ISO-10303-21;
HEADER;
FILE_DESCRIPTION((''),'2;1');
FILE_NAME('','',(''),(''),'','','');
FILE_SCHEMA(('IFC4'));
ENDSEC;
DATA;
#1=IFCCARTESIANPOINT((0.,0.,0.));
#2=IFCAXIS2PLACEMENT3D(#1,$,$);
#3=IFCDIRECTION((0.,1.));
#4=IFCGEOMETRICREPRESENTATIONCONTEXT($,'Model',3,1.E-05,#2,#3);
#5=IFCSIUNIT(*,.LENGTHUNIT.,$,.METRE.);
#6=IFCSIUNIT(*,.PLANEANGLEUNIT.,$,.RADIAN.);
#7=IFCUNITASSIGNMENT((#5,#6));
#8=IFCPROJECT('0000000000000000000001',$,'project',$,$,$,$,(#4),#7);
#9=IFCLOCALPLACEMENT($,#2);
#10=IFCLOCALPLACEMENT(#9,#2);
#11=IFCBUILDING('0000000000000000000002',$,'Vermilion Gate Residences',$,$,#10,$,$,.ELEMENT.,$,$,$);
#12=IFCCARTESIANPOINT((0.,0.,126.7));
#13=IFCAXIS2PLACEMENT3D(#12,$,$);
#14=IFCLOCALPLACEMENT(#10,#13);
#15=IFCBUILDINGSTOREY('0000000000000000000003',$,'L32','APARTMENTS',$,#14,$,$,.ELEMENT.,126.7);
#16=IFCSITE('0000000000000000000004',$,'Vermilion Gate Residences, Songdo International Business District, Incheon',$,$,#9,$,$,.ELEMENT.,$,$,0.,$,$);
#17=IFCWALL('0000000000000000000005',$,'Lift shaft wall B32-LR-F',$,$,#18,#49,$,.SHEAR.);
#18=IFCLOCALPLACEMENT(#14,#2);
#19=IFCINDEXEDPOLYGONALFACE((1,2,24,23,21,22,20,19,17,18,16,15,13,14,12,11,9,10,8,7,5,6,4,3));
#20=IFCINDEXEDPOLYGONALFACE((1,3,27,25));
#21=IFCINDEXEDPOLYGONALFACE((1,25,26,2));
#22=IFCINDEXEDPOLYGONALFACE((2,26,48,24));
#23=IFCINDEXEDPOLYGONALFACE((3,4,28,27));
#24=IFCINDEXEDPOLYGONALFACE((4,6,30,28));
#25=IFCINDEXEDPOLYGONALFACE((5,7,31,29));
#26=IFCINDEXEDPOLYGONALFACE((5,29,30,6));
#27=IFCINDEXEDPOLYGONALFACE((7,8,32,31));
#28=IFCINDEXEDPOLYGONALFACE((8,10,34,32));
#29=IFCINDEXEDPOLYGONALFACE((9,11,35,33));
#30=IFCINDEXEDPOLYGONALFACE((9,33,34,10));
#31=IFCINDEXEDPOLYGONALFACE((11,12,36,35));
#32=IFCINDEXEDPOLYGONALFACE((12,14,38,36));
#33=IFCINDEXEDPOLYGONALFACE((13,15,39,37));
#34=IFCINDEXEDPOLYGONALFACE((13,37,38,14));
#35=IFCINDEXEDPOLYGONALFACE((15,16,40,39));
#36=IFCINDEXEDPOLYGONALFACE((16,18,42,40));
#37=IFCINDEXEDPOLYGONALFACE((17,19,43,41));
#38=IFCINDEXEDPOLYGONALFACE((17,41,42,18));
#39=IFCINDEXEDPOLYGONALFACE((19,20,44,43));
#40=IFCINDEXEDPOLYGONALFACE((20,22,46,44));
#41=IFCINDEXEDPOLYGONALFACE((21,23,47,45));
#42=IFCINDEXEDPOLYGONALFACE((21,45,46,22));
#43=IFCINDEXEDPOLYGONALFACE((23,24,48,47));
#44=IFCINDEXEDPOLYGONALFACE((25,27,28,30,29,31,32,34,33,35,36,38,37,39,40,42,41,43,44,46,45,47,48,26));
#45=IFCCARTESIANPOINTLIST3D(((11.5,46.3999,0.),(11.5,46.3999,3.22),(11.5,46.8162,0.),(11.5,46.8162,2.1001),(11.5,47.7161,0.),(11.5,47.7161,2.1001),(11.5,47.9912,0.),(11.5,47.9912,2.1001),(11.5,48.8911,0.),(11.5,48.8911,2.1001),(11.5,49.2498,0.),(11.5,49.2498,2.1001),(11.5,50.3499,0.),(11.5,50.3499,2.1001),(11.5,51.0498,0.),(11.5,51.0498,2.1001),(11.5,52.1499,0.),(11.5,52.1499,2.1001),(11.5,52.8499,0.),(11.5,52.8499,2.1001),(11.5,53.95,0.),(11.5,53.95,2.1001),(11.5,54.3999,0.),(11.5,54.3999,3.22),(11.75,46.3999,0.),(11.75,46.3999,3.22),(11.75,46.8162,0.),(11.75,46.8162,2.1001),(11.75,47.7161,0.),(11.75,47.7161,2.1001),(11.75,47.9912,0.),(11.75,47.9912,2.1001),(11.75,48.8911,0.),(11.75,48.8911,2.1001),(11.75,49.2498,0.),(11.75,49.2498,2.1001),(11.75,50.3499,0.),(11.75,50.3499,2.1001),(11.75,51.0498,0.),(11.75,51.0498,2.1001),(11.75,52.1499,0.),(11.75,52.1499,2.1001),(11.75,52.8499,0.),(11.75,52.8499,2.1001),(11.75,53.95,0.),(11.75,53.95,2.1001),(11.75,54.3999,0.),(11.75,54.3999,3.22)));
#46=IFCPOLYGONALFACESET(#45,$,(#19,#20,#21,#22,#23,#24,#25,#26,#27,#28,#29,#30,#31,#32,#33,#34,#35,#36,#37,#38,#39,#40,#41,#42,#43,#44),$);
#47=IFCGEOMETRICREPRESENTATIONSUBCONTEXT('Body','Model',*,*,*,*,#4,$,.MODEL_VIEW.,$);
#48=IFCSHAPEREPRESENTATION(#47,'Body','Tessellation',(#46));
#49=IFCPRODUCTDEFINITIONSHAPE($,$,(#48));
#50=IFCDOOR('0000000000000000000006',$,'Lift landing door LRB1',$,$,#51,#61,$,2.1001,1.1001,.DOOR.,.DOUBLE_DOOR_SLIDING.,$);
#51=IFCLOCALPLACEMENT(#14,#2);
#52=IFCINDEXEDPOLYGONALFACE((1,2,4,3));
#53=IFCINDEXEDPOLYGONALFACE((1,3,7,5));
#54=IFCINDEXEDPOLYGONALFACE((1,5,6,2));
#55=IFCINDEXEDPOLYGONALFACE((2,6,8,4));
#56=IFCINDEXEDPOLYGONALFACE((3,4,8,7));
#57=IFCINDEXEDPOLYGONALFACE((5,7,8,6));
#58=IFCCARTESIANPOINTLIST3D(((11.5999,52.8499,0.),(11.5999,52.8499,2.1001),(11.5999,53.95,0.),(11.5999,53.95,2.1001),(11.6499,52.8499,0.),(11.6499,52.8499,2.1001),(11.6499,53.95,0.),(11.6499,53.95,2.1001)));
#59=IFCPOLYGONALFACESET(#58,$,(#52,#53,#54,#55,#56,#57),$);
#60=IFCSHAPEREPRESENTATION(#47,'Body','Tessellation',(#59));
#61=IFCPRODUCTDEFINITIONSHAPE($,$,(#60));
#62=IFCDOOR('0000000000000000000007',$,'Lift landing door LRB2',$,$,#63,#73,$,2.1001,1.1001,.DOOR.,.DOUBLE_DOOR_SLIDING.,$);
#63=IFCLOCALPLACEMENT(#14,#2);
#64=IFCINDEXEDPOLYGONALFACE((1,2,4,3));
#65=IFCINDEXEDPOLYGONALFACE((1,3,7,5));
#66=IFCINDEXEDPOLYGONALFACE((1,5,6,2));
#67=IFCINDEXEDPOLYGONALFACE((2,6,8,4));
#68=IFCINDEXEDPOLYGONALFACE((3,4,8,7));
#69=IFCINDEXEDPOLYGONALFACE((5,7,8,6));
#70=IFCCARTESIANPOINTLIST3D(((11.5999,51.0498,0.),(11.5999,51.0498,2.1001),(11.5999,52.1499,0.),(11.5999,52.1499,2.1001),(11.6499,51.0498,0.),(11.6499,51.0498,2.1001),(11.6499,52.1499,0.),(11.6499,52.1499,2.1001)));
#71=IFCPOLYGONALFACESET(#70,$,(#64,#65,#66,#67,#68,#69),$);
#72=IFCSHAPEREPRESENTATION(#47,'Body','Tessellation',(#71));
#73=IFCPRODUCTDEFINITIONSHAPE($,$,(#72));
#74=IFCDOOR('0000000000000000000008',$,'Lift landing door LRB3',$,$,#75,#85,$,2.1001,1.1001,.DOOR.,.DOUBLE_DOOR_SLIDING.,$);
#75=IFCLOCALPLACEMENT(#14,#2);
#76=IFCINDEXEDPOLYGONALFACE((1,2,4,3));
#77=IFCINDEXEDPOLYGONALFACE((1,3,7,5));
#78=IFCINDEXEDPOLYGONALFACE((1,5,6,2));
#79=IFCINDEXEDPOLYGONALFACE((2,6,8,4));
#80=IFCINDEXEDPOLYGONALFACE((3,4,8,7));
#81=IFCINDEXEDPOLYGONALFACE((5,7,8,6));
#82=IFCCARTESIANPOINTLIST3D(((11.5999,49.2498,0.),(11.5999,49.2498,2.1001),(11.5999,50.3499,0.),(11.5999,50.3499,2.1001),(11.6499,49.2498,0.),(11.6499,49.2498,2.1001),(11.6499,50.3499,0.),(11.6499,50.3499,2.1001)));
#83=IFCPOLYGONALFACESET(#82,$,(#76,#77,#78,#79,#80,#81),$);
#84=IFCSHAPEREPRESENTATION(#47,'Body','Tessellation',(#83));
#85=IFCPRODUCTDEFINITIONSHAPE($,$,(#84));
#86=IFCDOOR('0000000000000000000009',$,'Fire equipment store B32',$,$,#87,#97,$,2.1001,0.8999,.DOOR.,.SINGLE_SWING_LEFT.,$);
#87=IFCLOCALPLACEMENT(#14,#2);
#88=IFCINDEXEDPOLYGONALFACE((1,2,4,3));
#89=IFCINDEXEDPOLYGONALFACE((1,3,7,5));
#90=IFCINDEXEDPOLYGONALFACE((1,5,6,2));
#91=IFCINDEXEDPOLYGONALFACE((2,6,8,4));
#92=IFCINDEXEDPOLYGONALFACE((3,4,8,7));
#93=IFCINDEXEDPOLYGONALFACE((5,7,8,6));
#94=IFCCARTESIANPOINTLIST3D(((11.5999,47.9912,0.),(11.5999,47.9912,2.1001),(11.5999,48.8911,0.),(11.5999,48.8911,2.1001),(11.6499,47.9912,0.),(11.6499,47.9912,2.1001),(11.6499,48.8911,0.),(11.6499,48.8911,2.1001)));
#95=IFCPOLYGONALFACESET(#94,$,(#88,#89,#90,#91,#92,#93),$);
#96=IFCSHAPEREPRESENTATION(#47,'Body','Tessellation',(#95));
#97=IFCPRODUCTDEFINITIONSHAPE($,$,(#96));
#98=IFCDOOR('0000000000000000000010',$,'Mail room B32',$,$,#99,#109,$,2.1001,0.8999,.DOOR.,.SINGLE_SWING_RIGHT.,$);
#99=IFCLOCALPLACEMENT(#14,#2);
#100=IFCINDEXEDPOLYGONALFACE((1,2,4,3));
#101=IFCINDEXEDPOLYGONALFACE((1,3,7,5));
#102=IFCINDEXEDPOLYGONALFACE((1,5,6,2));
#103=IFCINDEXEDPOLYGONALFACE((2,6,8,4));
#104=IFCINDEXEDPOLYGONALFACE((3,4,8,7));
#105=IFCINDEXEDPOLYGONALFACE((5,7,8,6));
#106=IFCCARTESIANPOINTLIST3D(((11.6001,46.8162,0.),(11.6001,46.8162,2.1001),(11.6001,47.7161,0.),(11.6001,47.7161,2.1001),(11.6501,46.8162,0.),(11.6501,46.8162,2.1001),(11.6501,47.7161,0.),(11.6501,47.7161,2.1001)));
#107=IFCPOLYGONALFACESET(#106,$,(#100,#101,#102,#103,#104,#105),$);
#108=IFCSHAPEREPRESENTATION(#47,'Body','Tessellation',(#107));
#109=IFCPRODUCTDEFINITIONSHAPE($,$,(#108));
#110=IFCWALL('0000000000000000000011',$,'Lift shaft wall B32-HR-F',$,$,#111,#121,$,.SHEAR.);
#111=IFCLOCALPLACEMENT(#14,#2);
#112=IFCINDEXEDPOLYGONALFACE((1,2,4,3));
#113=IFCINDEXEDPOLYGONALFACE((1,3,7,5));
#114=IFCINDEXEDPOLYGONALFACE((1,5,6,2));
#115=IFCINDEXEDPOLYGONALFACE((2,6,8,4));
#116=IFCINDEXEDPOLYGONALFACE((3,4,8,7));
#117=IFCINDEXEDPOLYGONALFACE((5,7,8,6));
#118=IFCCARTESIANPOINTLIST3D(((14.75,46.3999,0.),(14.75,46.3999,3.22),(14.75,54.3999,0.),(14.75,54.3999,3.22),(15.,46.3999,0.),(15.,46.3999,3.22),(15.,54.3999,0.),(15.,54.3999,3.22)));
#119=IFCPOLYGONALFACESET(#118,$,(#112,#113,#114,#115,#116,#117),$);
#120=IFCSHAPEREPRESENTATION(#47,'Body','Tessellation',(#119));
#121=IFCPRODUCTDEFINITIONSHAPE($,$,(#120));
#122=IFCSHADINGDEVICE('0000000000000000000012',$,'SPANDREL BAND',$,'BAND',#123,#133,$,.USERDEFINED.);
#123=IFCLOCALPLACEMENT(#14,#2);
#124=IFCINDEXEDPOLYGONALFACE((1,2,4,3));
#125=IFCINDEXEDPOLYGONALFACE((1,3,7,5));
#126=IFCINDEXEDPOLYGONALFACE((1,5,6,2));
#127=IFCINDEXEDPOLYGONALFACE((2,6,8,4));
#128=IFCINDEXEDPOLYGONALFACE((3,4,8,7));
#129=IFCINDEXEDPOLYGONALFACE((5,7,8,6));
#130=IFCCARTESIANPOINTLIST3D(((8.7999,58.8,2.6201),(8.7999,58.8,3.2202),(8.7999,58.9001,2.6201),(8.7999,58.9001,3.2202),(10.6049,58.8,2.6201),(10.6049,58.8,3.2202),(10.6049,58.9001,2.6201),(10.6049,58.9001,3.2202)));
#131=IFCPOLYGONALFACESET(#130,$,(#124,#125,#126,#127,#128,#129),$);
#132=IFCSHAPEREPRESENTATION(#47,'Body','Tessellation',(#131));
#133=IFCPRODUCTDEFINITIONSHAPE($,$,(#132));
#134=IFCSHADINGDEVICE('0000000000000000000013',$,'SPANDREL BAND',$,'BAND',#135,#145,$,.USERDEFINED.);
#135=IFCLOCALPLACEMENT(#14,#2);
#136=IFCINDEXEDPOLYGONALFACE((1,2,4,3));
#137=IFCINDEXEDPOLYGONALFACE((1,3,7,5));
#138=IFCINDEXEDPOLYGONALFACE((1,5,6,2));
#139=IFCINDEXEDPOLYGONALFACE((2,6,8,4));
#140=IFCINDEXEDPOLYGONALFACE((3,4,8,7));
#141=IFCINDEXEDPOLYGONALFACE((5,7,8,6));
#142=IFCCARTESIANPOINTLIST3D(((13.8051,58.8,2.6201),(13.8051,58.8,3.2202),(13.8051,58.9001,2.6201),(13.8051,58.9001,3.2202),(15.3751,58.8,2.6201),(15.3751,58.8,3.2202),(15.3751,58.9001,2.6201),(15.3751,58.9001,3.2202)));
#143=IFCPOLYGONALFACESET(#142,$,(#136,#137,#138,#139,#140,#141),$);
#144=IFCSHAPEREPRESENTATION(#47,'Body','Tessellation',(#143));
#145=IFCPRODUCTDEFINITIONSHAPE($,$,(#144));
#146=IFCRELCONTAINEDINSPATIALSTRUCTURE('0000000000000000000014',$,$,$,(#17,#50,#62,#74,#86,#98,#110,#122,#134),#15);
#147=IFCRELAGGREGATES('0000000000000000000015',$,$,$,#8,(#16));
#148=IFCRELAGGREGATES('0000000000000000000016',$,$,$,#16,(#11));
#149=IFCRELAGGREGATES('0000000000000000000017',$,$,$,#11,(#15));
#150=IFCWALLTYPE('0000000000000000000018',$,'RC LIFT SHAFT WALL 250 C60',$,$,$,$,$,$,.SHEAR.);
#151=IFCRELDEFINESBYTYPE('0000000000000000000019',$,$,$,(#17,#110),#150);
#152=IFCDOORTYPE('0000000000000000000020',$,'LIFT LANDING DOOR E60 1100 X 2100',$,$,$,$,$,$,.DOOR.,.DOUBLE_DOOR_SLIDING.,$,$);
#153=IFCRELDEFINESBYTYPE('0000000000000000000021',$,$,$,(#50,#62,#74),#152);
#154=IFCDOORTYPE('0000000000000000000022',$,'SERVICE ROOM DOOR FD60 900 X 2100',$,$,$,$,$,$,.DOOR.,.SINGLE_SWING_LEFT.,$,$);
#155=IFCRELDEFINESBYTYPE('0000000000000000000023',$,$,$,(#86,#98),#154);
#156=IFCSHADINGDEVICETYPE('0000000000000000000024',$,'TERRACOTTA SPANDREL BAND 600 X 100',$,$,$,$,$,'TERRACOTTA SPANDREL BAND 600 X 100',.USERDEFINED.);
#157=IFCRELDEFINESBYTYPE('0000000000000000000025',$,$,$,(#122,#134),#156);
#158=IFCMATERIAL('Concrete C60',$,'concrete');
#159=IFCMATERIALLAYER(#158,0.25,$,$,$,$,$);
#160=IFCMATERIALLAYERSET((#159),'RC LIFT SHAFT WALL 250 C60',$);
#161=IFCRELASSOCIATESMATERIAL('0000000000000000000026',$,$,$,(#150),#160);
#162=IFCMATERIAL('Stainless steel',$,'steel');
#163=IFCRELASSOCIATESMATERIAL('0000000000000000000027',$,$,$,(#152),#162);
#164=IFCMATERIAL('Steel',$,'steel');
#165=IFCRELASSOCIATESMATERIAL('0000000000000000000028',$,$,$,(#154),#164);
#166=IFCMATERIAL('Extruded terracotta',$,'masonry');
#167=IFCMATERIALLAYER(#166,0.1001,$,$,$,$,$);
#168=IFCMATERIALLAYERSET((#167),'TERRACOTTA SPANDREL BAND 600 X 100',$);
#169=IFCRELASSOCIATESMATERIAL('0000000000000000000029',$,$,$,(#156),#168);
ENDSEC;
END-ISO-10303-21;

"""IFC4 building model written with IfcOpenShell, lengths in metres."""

from ifc_helpers import new_model, si_unit, direction, frame, frame_2d, origin, origin_2d, place, context, subcontext, project, spatial, rectangle, extrude, material, layer, layer_set, type_object, element, fill, save


model = new_model("IFC4")

# Units and contexts
model_context = context("Model", 3, precision=1e-05, world=origin(), true_north=direction((0.0, 1.0)))
body_context = subcontext(model_context, "Body", "Model", "MODEL_VIEW")
ifc_project = project(units=[si_unit("LENGTHUNIT", "METRE"), si_unit("PLANEANGLEUNIT", "RADIAN")], contexts=[model_context])

# Site, building, storey
site_placement = place(None, origin())
site = spatial("IfcSite", under=ifc_project, at=site_placement, Name="Vermilion Gate Residences, Songdo International Business District, Incheon", CompositionType="ELEMENT", RefElevation=0.0)
building_placement = place(site_placement, origin())
building = spatial("IfcBuilding", under=site, at=building_placement, Name="Vermilion Gate Residences", CompositionType="ELEMENT")
storey_placement = place(building_placement, frame((0.0, 0.0, 126.7)))
storey = spatial("IfcBuildingStorey", under=building, at=storey_placement, Name="L32", Description="APARTMENTS", CompositionType="ELEMENT", Elevation=126.7)

# Wall, openings, doors
ifc_material_1 = material(Name="Concrete C60", Category="concrete")
ifc_layer_1 = layer(ifc_material_1, 0.25)
ifc_layer_set_1 = layer_set([ifc_layer_1], Name="RC LIFT SHAFT WALL 250 C60")
wall_type_1 = type_object("IfcWallType", Name="RC LIFT SHAFT WALL 250 C60", PredefinedType="SHEAR", material=ifc_layer_set_1)
wall_1_placement = place(storey_placement, frame((11.625, 54.3999, 0.0), z_axis=(0.0, 0.0, 1.0), x_axis=(0.0, -1.0, 0.0)))
wall_1 = element("IfcWall", 1, at=wall_1_placement, inside=storey, type_object=wall_type_1, Name="Lift shaft wall B32-LR-F", PredefinedType="SHEAR", context=body_context, shape_type="SweptSolid", body=[
    extrude(rectangle(XDim=8.0, YDim=0.25, at=frame_2d((4.0, 0.0))), origin(), (0.0, 0.0, 1.0), 3.22),
])
opening_1_placement = place(wall_1_placement, frame((0.45, 0.0, 0.0)))
opening_1 = element("IfcOpeningElement", 2, at=opening_1_placement, cuts=wall_1, PredefinedType="OPENING", context=body_context, shape_type="SweptSolid", body=[
    extrude(rectangle(XDim=1.1001, YDim=2.1001, at=frame_2d((0.55, 1.05))), frame((0.0, 0.135, 0.0), z_axis=(0.0, -1.0, 0.0), x_axis=(1.0, 0.0, 0.0)), (0.0, 0.0, 1.0), 0.27),
])
opening_2_placement = place(wall_1_placement, frame((2.25, 0.0, 0.0)))
opening_2 = element("IfcOpeningElement", 3, at=opening_2_placement, cuts=wall_1, PredefinedType="OPENING", context=body_context, shape_type="SweptSolid", body=[
    extrude(rectangle(XDim=1.1001, YDim=2.1001, at=frame_2d((0.55, 1.05))), frame((0.0, 0.135, 0.0), z_axis=(0.0, -1.0, 0.0), x_axis=(1.0, 0.0, 0.0)), (0.0, 0.0, 1.0), 0.27),
])
opening_3_placement = place(wall_1_placement, frame((4.05, 0.0, 0.0)))
opening_3 = element("IfcOpeningElement", 4, at=opening_3_placement, cuts=wall_1, PredefinedType="OPENING", context=body_context, shape_type="SweptSolid", body=[
    extrude(rectangle(XDim=1.1001, YDim=2.1001, at=frame_2d((0.55, 1.05))), frame((0.0, 0.135, 0.0), z_axis=(0.0, -1.0, 0.0), x_axis=(1.0, 0.0, 0.0)), (0.0, 0.0, 1.0), 0.27),
])
opening_4_placement = place(wall_1_placement, frame((5.5088, 0.0, 0.0)))
opening_4 = element("IfcOpeningElement", 5, at=opening_4_placement, cuts=wall_1, PredefinedType="OPENING", context=body_context, shape_type="SweptSolid", body=[
    extrude(rectangle(XDim=0.8999, YDim=2.1001, at=frame_2d((0.45, 1.05))), frame((0.0, 0.135, 0.0), z_axis=(0.0, -1.0, 0.0), x_axis=(1.0, 0.0, 0.0)), (0.0, 0.0, 1.0), 0.27),
])
opening_5_placement = place(wall_1_placement, frame((6.6838, 0.0, 0.0)))
opening_5 = element("IfcOpeningElement", 6, at=opening_5_placement, cuts=wall_1, PredefinedType="OPENING", context=body_context, shape_type="SweptSolid", body=[
    extrude(rectangle(XDim=0.8999, YDim=2.1001, at=frame_2d((0.45, 1.05))), frame((0.0, 0.135, 0.0), z_axis=(0.0, -1.0, 0.0), x_axis=(1.0, 0.0, 0.0)), (0.0, 0.0, 1.0), 0.27),
])
ifc_material_2 = material(Name="Stainless steel", Category="steel")
door_type_1 = type_object("IfcDoorType", Name="LIFT LANDING DOOR E60 1100 X 2100", OperationType="DOUBLE_DOOR_SLIDING", PredefinedType="DOOR", material=ifc_material_2)
door_1_placement = place(opening_1_placement, origin())
door_1 = element("IfcDoor", 7, at=door_1_placement, inside=storey, type_object=door_type_1, Name="Lift landing door LRB1", OperationType="DOUBLE_DOOR_SLIDING", OverallHeight=2.1001, OverallWidth=1.1001, PredefinedType="DOOR", context=body_context, shape_type="SweptSolid", body=[
    extrude(rectangle(XDim=1.1001, YDim=2.1001, at=frame_2d((0.55, 1.05))), frame((0.0, 0.0249, 0.0), z_axis=(0.0, -1.0, 0.0), x_axis=(1.0, 0.0, 0.0)), (0.0, 0.0, 1.0), 0.05),
])
fill(opening_1, door_1)
door_2_placement = place(opening_2_placement, origin())
door_2 = element("IfcDoor", 8, at=door_2_placement, inside=storey, type_object=door_type_1, Name="Lift landing door LRB2", OperationType="DOUBLE_DOOR_SLIDING", OverallHeight=2.1001, OverallWidth=1.1001, PredefinedType="DOOR", context=body_context, shape_type="SweptSolid", body=[
    extrude(rectangle(XDim=1.1001, YDim=2.1001, at=frame_2d((0.55, 1.05))), frame((0.0, 0.0249, 0.0), z_axis=(0.0, -1.0, 0.0), x_axis=(1.0, 0.0, 0.0)), (0.0, 0.0, 1.0), 0.05),
])
fill(opening_2, door_2)
door_3_placement = place(opening_3_placement, origin())
door_3 = element("IfcDoor", 9, at=door_3_placement, inside=storey, type_object=door_type_1, Name="Lift landing door LRB3", OperationType="DOUBLE_DOOR_SLIDING", OverallHeight=2.1001, OverallWidth=1.1001, PredefinedType="DOOR", context=body_context, shape_type="SweptSolid", body=[
    extrude(rectangle(XDim=1.1001, YDim=2.1001, at=frame_2d((0.55, 1.05))), frame((0.0, 0.0249, 0.0), z_axis=(0.0, -1.0, 0.0), x_axis=(1.0, 0.0, 0.0)), (0.0, 0.0, 1.0), 0.05),
])
fill(opening_3, door_3)
ifc_material_3 = material(Name="Steel", Category="steel")
door_type_2 = type_object("IfcDoorType", Name="SERVICE ROOM DOOR FD60 900 X 2100", OperationType="SINGLE_SWING_LEFT", PredefinedType="DOOR", material=ifc_material_3)
door_4_placement = place(opening_4_placement, origin())
door_4 = element("IfcDoor", 10, at=door_4_placement, inside=storey, type_object=door_type_2, Name="Fire equipment store B32", OperationType="SINGLE_SWING_LEFT", OverallHeight=2.1001, OverallWidth=0.8999, PredefinedType="DOOR", context=body_context, shape_type="SweptSolid", body=[
    extrude(rectangle(XDim=0.8999, YDim=2.1001, at=frame_2d((0.45, 1.05))), frame((0.0, 0.0249, 0.0), z_axis=(0.0, -1.0, 0.0), x_axis=(1.0, 0.0, 0.0)), (0.0, 0.0, 1.0), 0.05),
])
fill(opening_4, door_4)
door_5_placement = place(opening_5_placement, frame((0.8999, 0.0, 0.0), z_axis=(0.0, 0.0, 1.0), x_axis=(-1.0, 0.0, 0.0)))
door_5 = element("IfcDoor", 11, at=door_5_placement, inside=storey, type_object=door_type_2, Name="Mail room B32", OperationType="SINGLE_SWING_RIGHT", OverallHeight=2.1001, OverallWidth=0.8999, PredefinedType="DOOR", context=body_context, shape_type="SweptSolid", body=[
    extrude(rectangle(XDim=0.8999, YDim=2.1001, at=frame_2d((0.45, 1.05))), frame((0.0, 0.0249, 0.0), z_axis=(0.0, -1.0, 0.0), x_axis=(1.0, 0.0, 0.0)), (0.0, 0.0, 1.0), 0.05),
])
fill(opening_5, door_5)

# Wall
wall_2_placement = place(storey_placement, frame((14.875, 54.3999, 0.0), z_axis=(0.0, 0.0, 1.0), x_axis=(0.0, -1.0, 0.0)))
element("IfcWall", 12, at=wall_2_placement, inside=storey, type_object=wall_type_1, Name="Lift shaft wall B32-HR-F", PredefinedType="SHEAR", context=body_context, shape_type="SweptSolid", body=[
    extrude(rectangle(XDim=8.0, YDim=0.25, at=frame_2d((4.0, 0.0))), origin(), (0.0, 0.0, 1.0), 3.22),
])

# Shading devices
ifc_material_4 = material(Name="Extruded terracotta", Category="masonry")
ifc_layer_2 = layer(ifc_material_4, 0.1001)
ifc_layer_set_2 = layer_set([ifc_layer_2], Name="TERRACOTTA SPANDREL BAND 600 X 100")
shading_device_type = type_object("IfcShadingDeviceType", Name="TERRACOTTA SPANDREL BAND 600 X 100", ElementType="TERRACOTTA SPANDREL BAND 600 X 100", PredefinedType="USERDEFINED", material=ifc_layer_set_2)
shading_device_1_placement = place(storey_placement, frame((9.7024, 58.8501, 2.6201), z_axis=(0.0, 0.0, 1.0), x_axis=(1.0, 0.0, 0.0)))
element("IfcShadingDevice", 13, at=shading_device_1_placement, inside=storey, type_object=shading_device_type, Name="SPANDREL BAND", ObjectType="BAND", PredefinedType="USERDEFINED", context=body_context, shape_type="SweptSolid", body=[
    extrude(rectangle(XDim=1.8049, YDim=0.1001, at=origin_2d()), origin(), (0.0, 0.0, 1.0), 0.6001),
])
shading_device_2_placement = place(storey_placement, frame((14.5901, 58.8501, 2.6201), z_axis=(0.0, 0.0, 1.0), x_axis=(1.0, 0.0, 0.0)))
element("IfcShadingDevice", 14, at=shading_device_2_placement, inside=storey, type_object=shading_device_type, Name="SPANDREL BAND", ObjectType="BAND", PredefinedType="USERDEFINED", context=body_context, shape_type="SweptSolid", body=[
    extrude(rectangle(XDim=1.5701, YDim=0.1001, at=origin_2d()), origin(), (0.0, 0.0, 1.0), 0.6001),
])

save(model, "model.ifc")
